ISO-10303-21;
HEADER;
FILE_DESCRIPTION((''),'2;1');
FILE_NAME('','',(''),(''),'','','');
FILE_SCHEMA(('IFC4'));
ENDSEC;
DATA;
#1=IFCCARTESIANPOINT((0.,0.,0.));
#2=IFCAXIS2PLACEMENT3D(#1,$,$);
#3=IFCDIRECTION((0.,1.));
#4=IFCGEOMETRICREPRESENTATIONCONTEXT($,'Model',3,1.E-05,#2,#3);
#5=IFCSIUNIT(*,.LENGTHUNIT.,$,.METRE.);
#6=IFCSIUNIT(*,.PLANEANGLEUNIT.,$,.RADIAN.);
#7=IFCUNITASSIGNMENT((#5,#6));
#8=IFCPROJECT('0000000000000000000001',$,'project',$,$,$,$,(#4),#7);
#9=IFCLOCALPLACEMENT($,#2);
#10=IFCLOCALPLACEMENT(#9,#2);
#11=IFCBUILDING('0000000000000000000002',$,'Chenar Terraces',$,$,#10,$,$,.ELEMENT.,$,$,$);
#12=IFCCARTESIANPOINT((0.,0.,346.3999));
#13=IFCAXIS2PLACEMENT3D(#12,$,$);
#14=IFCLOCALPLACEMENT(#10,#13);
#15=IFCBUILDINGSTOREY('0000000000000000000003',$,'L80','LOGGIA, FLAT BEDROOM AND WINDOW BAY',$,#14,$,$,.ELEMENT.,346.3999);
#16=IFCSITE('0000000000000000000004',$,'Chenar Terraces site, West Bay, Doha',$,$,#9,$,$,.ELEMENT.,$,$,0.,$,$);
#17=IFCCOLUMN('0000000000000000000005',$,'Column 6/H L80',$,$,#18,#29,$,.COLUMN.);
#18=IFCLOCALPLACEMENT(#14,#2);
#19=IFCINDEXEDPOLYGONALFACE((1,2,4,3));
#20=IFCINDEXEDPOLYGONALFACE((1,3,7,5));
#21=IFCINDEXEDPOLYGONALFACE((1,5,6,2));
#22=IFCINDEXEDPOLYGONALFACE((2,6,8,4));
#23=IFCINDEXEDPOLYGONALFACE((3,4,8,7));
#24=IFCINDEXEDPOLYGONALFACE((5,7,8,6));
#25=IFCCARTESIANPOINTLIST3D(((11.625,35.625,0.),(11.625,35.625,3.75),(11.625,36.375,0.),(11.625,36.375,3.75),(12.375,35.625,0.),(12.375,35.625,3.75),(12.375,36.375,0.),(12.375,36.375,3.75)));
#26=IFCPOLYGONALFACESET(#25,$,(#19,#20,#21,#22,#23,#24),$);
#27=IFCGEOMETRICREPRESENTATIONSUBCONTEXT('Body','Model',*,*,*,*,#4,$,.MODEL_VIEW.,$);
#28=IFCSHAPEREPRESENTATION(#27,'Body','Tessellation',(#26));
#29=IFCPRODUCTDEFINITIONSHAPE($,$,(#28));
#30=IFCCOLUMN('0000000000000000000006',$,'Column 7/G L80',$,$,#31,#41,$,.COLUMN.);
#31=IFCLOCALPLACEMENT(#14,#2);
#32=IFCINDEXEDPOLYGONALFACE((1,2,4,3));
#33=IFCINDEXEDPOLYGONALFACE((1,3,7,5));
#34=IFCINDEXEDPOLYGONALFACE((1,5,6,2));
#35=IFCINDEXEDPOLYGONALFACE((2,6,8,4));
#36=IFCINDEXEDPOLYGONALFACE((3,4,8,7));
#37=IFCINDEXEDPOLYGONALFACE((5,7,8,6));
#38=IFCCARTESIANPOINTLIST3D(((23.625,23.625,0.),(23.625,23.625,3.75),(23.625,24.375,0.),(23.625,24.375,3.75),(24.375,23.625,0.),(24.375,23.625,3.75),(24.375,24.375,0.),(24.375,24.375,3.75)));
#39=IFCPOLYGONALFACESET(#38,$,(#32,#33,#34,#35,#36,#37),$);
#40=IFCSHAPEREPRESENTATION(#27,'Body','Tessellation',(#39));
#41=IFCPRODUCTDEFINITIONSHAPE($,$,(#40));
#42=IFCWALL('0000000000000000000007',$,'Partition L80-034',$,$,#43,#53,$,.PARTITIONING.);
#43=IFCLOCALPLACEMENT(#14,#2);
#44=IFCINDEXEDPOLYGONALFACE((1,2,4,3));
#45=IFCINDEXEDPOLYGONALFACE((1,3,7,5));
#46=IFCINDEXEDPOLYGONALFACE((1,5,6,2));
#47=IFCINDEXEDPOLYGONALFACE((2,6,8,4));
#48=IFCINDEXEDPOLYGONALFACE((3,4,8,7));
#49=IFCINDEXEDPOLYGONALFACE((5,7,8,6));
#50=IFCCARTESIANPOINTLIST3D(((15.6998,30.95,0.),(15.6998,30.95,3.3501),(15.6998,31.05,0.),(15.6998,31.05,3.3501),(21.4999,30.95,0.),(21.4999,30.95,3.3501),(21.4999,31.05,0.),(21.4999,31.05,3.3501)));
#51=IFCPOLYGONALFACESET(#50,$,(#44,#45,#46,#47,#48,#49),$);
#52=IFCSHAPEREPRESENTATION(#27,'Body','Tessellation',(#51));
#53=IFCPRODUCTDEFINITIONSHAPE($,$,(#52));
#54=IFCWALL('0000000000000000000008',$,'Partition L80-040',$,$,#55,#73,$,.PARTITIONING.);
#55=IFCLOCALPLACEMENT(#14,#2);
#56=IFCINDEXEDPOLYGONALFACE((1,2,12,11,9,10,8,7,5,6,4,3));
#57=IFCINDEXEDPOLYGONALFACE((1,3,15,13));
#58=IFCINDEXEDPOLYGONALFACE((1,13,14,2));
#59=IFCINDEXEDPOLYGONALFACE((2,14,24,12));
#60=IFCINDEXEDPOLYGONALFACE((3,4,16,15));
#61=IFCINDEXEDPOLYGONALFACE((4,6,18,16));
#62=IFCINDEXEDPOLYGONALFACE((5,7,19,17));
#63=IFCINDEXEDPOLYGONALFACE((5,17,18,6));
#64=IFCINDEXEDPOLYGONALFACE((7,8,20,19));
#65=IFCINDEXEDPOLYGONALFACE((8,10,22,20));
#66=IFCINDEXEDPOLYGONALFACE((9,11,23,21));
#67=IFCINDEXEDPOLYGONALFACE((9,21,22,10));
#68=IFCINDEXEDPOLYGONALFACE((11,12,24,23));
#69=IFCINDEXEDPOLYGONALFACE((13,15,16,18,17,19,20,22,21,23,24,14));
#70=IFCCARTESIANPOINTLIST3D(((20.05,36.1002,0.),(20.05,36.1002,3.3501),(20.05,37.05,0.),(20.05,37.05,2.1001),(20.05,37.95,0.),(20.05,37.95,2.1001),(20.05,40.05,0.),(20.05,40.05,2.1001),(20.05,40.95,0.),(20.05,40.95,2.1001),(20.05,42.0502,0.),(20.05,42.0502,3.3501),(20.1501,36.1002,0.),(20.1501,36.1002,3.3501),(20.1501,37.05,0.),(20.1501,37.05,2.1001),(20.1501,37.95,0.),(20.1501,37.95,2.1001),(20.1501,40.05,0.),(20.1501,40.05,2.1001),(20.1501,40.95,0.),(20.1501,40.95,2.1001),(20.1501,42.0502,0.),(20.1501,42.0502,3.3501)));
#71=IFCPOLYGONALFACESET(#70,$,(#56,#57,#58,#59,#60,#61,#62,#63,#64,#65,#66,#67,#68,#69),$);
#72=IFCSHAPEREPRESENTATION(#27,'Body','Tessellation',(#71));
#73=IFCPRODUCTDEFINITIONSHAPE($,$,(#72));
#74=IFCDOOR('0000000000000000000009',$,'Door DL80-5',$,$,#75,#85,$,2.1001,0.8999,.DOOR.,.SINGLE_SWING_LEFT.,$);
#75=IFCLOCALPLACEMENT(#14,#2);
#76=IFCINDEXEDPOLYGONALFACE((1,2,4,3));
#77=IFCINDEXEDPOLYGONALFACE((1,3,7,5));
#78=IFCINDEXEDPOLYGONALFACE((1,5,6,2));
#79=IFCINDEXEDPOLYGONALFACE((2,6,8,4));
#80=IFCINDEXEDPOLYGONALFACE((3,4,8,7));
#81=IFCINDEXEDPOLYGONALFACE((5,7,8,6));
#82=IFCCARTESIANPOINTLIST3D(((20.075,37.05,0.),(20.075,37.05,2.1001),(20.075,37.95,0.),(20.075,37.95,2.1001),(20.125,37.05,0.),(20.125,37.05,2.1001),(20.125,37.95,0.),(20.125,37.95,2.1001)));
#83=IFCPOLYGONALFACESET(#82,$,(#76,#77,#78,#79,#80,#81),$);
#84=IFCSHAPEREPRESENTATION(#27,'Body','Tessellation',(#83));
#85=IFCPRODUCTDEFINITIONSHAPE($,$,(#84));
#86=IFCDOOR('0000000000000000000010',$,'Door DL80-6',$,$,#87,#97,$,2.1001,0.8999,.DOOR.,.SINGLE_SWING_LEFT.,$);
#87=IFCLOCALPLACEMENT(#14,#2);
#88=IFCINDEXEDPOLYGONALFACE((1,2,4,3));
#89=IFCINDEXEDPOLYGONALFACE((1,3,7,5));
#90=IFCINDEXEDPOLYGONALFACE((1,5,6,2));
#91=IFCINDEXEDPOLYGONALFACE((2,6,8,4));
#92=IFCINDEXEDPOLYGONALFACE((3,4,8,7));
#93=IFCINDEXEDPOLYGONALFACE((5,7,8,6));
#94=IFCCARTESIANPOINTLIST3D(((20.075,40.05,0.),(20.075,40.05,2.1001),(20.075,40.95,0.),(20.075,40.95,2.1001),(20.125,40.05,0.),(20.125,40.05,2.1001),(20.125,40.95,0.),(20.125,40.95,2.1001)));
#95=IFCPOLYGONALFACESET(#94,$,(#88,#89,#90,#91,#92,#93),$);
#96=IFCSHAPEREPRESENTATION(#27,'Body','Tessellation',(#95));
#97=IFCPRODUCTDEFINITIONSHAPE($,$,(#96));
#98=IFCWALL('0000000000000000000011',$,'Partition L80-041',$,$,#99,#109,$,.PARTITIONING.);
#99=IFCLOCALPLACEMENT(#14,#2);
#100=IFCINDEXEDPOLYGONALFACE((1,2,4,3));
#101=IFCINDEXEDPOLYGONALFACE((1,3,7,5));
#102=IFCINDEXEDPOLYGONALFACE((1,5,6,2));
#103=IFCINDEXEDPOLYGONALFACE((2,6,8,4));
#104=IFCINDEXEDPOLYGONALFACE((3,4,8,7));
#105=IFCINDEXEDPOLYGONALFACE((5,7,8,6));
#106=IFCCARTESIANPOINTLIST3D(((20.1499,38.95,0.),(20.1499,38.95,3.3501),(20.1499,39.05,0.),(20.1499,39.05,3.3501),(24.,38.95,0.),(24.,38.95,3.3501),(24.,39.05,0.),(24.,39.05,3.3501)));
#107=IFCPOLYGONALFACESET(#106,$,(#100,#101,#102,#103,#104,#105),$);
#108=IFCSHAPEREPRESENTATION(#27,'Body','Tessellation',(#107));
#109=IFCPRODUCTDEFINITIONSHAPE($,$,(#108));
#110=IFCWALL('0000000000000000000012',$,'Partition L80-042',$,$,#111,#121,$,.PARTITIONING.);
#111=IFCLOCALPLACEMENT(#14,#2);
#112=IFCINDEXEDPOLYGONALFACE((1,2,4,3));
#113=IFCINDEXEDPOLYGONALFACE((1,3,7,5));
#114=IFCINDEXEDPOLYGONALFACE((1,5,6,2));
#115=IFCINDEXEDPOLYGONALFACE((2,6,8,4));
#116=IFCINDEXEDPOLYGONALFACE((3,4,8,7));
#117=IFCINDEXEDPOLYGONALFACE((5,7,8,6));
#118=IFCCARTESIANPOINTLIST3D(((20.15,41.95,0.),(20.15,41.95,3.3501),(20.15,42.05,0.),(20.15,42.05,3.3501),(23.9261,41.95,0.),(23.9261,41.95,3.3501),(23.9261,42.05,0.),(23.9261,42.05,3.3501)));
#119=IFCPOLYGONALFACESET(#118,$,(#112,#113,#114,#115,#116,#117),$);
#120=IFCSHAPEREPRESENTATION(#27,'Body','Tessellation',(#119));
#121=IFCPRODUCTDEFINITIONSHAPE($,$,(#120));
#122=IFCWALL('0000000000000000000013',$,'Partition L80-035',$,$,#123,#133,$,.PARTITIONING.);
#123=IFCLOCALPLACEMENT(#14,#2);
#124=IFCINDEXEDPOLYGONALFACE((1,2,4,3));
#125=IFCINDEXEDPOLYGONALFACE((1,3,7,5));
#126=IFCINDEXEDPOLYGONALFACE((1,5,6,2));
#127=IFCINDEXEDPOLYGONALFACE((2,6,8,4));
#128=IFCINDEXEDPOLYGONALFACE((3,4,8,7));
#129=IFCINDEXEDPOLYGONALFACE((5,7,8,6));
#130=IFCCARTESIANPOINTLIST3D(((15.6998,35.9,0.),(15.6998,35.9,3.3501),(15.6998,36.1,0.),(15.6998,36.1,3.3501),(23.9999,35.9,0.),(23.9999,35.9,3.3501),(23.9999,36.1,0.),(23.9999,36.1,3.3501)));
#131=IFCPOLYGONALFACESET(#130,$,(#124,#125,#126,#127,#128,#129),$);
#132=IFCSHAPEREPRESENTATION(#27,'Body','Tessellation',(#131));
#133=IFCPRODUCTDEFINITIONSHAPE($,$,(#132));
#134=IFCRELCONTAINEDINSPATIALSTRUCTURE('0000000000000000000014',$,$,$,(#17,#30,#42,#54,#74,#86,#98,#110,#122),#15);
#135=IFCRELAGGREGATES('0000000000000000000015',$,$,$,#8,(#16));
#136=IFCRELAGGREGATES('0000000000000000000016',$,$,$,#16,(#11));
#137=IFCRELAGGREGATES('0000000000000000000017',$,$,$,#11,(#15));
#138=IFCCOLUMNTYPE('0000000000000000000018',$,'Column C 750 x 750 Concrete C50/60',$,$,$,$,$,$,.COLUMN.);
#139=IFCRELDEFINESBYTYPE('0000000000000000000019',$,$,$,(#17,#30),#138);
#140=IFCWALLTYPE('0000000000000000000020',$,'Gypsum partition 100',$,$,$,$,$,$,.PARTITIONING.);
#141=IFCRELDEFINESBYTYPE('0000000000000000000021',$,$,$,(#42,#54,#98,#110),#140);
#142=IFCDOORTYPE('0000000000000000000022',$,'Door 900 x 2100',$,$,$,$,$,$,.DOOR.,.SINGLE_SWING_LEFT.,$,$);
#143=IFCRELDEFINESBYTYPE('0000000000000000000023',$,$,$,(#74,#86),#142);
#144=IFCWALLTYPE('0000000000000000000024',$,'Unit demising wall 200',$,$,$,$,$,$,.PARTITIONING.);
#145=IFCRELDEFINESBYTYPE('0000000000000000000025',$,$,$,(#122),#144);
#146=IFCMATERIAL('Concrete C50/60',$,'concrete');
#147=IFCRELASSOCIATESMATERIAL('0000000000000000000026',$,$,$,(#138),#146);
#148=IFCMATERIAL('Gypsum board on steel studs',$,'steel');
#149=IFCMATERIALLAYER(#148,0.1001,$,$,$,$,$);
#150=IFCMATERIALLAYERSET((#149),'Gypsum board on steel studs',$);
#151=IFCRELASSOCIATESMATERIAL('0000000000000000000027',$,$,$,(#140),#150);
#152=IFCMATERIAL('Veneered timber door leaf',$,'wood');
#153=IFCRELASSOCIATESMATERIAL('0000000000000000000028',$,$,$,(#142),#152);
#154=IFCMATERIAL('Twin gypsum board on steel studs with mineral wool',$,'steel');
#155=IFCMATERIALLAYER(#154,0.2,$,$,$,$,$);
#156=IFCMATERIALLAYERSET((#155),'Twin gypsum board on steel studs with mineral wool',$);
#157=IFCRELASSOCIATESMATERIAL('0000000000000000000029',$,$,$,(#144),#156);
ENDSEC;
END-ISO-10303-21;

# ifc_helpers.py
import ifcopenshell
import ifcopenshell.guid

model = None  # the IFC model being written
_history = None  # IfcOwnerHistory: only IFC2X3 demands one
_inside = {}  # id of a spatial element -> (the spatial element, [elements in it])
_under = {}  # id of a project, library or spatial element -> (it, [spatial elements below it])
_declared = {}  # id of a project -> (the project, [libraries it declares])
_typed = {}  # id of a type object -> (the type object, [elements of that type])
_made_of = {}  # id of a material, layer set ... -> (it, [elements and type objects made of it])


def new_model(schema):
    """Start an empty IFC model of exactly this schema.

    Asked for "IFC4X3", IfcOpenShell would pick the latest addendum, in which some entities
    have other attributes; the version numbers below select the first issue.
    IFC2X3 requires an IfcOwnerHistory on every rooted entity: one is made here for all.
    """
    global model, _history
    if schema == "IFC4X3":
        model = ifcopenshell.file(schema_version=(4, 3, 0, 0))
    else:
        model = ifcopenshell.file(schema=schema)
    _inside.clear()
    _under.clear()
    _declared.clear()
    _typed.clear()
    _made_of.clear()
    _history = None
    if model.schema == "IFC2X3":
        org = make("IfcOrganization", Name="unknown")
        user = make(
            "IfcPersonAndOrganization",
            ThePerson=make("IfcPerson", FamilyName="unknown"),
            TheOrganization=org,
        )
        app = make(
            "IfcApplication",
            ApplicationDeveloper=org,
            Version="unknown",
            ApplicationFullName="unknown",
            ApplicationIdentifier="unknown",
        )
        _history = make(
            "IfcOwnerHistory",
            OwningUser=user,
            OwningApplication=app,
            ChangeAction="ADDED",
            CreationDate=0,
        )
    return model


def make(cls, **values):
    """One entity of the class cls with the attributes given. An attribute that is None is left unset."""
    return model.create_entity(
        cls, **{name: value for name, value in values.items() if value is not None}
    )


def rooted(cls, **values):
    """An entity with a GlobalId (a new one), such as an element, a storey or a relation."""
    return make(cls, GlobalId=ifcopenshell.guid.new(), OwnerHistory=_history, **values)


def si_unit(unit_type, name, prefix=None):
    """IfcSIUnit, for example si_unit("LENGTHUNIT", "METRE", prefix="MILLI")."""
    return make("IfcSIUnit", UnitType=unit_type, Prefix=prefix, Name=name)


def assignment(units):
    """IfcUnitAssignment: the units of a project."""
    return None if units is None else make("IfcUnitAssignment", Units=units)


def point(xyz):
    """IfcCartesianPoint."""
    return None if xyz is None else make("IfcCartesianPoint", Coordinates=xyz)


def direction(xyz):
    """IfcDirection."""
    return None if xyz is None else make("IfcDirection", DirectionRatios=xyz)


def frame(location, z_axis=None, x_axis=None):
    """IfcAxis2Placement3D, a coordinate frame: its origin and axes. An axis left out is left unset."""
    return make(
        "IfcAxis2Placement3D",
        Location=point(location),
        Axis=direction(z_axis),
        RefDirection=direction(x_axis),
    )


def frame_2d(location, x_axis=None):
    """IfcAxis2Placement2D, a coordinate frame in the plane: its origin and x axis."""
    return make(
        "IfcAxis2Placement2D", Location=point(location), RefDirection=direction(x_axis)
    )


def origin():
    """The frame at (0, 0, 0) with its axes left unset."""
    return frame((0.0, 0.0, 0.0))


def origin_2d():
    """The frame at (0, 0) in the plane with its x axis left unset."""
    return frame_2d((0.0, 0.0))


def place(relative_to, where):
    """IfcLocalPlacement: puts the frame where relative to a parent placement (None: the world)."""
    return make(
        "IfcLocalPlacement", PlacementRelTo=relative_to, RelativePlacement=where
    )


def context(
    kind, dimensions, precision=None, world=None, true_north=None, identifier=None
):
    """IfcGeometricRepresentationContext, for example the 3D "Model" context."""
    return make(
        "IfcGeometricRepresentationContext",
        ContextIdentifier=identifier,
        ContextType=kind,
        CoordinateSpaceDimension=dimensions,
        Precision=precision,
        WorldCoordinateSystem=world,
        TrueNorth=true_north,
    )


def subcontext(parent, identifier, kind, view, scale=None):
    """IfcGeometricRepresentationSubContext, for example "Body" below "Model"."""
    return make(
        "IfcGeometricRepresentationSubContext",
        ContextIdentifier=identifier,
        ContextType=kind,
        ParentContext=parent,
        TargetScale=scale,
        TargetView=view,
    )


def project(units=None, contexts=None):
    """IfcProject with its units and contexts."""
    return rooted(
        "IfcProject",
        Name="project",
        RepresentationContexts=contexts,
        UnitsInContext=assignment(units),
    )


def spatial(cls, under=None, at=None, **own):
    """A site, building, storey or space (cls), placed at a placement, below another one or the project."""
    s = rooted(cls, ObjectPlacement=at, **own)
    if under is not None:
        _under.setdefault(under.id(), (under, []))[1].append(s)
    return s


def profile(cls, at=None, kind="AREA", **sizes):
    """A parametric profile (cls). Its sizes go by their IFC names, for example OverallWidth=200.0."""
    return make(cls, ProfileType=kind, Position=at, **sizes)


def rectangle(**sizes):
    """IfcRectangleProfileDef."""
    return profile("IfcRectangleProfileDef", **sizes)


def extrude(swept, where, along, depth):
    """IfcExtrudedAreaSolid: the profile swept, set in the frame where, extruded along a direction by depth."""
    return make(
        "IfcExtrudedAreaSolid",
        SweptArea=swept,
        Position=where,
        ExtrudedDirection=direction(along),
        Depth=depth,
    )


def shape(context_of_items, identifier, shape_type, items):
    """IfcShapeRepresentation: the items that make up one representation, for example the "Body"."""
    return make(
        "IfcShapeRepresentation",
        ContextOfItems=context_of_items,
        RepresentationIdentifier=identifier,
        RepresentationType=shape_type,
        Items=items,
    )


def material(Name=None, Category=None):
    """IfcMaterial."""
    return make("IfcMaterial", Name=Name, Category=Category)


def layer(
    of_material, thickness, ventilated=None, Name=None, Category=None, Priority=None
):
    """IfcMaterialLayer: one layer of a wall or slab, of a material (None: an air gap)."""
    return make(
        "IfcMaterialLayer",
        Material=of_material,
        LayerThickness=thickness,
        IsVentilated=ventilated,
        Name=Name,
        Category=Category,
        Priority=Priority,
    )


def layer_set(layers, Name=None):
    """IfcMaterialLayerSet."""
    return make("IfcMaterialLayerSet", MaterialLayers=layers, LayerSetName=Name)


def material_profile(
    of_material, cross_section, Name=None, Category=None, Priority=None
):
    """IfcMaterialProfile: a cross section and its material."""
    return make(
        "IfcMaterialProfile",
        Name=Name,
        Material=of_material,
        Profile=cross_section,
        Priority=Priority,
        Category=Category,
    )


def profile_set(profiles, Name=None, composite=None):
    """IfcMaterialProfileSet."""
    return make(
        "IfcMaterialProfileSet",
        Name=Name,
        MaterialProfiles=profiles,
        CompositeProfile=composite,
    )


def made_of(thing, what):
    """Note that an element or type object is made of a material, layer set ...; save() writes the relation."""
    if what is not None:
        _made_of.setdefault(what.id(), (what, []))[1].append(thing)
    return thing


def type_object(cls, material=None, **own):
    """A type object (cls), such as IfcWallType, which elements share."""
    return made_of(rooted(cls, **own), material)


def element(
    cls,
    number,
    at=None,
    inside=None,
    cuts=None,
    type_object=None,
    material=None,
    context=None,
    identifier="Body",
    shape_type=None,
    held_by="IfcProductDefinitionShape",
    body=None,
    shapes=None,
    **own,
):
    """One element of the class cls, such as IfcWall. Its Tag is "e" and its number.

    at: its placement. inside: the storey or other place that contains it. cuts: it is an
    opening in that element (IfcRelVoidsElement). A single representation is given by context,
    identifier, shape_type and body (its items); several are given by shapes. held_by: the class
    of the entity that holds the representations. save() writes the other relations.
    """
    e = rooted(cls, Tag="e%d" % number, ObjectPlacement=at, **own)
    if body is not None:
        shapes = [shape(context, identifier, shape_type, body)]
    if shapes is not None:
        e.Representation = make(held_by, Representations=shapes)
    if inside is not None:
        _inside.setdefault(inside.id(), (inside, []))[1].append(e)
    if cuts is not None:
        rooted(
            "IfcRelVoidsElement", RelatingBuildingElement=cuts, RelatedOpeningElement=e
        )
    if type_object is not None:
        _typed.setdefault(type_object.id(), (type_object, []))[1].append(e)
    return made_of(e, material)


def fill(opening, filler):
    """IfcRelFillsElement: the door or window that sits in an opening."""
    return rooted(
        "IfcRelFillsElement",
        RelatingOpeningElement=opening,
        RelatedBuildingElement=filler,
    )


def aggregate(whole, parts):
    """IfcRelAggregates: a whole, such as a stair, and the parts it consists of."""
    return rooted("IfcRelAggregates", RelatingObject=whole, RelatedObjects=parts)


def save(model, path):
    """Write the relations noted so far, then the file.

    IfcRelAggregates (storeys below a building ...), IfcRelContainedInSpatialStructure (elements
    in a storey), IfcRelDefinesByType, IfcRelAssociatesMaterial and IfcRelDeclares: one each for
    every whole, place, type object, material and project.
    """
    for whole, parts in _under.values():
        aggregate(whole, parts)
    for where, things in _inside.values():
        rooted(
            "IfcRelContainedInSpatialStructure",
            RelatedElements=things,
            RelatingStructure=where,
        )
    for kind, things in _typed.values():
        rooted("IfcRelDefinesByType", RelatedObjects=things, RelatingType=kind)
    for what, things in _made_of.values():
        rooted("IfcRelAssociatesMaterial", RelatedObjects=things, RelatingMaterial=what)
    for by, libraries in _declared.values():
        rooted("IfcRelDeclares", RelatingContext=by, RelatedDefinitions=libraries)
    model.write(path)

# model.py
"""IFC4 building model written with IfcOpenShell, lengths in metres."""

from ifc_helpers import new_model, si_unit, direction, frame, frame_2d, origin, origin_2d, place, context, subcontext, project, spatial, rectangle, extrude, material, layer, layer_set, material_profile, profile_set, type_object, element, fill, save


model = new_model("IFC4")

# Units and contexts
model_context = context("Model", 3, precision=1e-05, world=origin(), true_north=direction((0.0, 1.0)))
body_context = subcontext(model_context, "Body", "Model", "MODEL_VIEW")
ifc_project = project(units=[si_unit("LENGTHUNIT", "METRE"), si_unit("PLANEANGLEUNIT", "RADIAN")], contexts=[model_context])

# Site, building, storey
site_placement = place(None, origin())
site = spatial("IfcSite", under=ifc_project, at=site_placement, Name="Chenar Terraces site, West Bay, Doha", CompositionType="ELEMENT", RefElevation=0.0)
building_placement = place(site_placement, origin())
building = spatial("IfcBuilding", under=site, at=building_placement, Name="Chenar Terraces", CompositionType="ELEMENT")
storey_placement = place(building_placement, frame((0.0, 0.0, 346.3999)))
storey = spatial("IfcBuildingStorey", under=building, at=storey_placement, Name="L80", Description="LOGGIA, FLAT BEDROOM AND WINDOW BAY", CompositionType="ELEMENT", Elevation=346.3999)

# Columns
ifc_material_1 = material(Name="Concrete C50/60", Category="concrete")
ifc_material_profile = material_profile(ifc_material_1, rectangle(XDim=0.75, YDim=0.75, at=origin_2d()), Name="C 750 x 750")
ifc_profile_set = profile_set([ifc_material_profile], Name="Concrete C50/60")
column_type = type_object("IfcColumnType", Name="Column C 750 x 750 Concrete C50/60", PredefinedType="COLUMN", material=ifc_profile_set)
for number, where, z_axis, x_axis, name in (
    (1, (12.0, 36.0, 0.0), (0.0, 0.0, 1.0), (1.0, 0.0, 0.0), "Column 6/H L80"),
    (2, (24.0, 24.0, 0.0), (0.0, 0.0, 1.0), (1.0, 0.0, 0.0), "Column 7/G L80"),
):
    element("IfcColumn", number, at=place(storey_placement, frame(where, z_axis=z_axis, x_axis=x_axis)), inside=storey, type_object=column_type, Name=name, PredefinedType="COLUMN", context=body_context, shape_type="SweptSolid", body=[
        extrude(rectangle(XDim=0.75, YDim=0.75, at=origin_2d()), origin(), (0.0, 0.0, 1.0), 3.75),
    ])

# Wall
ifc_material_2 = material(Name="Gypsum board on steel studs", Category="steel")
ifc_layer_1 = layer(ifc_material_2, 0.1001)
ifc_layer_set_1 = layer_set([ifc_layer_1], Name="Gypsum board on steel studs")
wall_type_1 = type_object("IfcWallType", Name="Gypsum partition 100", PredefinedType="PARTITIONING", material=ifc_layer_set_1)
wall_1_placement = place(storey_placement, frame((15.7, 31.0, 0.0), z_axis=(0.0, 0.0, 1.0), x_axis=(1.0, 0.0, 0.0)))
element("IfcWall", 3, at=wall_1_placement, inside=storey, type_object=wall_type_1, Name="Partition L80-034", PredefinedType="PARTITIONING", context=body_context, shape_type="SweptSolid", body=[
    extrude(rectangle(XDim=5.8, YDim=0.1001, at=frame_2d((2.8999, 0.0))), origin(), (0.0, 0.0, 1.0), 3.3501),
])

# Wall, openings, doors
wall_2_placement = place(storey_placement, frame((20.1001, 36.1001, 0.0), z_axis=(0.0, 0.0, 1.0), x_axis=(0.0, 1.0, 0.0)))
wall_2 = element("IfcWall", 4, at=wall_2_placement, inside=storey, type_object=wall_type_1, Name="Partition L80-040", PredefinedType="PARTITIONING", context=body_context, shape_type="SweptSolid", body=[
    extrude(rectangle(XDim=5.95, YDim=0.1001, at=frame_2d((2.9751, 0.0))), origin(), (0.0, 0.0, 1.0), 3.3501),
])
opening_1_placement = place(wall_2_placement, frame((0.95, 0.0, 0.0)))
opening_1 = element("IfcOpeningElement", 5, at=opening_1_placement, cuts=wall_2, PredefinedType="OPENING", context=body_context, shape_type="SweptSolid", body=[
    extrude(rectangle(XDim=0.8999, YDim=2.1001, at=frame_2d((0.45, 1.05))), frame((0.0, 0.0601, 0.0), z_axis=(0.0, -1.0, 0.0), x_axis=(1.0, 0.0, 0.0)), (0.0, 0.0, 1.0), 0.1201),
])
opening_2_placement = place(wall_2_placement, frame((3.95, 0.0, 0.0)))
opening_2 = element("IfcOpeningElement", 6, at=opening_2_placement, cuts=wall_2, PredefinedType="OPENING", context=body_context, shape_type="SweptSolid", body=[
    extrude(rectangle(XDim=0.8999, YDim=2.1001, at=frame_2d((0.45, 1.05))), frame((0.0, 0.0601, 0.0), z_axis=(0.0, -1.0, 0.0), x_axis=(1.0, 0.0, 0.0)), (0.0, 0.0, 1.0), 0.1201),
])
ifc_material_3 = material(Name="Veneered timber door leaf", Category="wood")
door_type_1 = type_object("IfcDoorType", Name="Door 900 x 2100", OperationType="SINGLE_SWING_LEFT", PredefinedType="DOOR", material=ifc_material_3)
door_1_placement = place(opening_1_placement, frame((0.8999, 0.0, 0.0), z_axis=(0.0, 0.0, 1.0), x_axis=(-1.0, 0.0, 0.0)))
door_1 = element("IfcDoor", 7, at=door_1_placement, inside=storey, type_object=door_type_1, Name="Door DL80-5", OperationType="SINGLE_SWING_LEFT", OverallHeight=2.1001, OverallWidth=0.8999, PredefinedType="DOOR", context=body_context, shape_type="SweptSolid", body=[
    extrude(rectangle(XDim=0.8999, YDim=2.1001, at=frame_2d((0.45, 1.05))), frame((0.0, 0.0249, 0.0), z_axis=(0.0, -1.0, 0.0), x_axis=(1.0, 0.0, 0.0)), (0.0, 0.0, 1.0), 0.05),
])
fill(opening_1, door_1)
door_2_placement = place(opening_2_placement, frame((0.8999, 0.0, 0.0), z_axis=(0.0, 0.0, 1.0), x_axis=(-1.0, 0.0, 0.0)))
door_2 = element("IfcDoor", 8, at=door_2_placement, inside=storey, type_object=door_type_1, Name="Door DL80-6", OperationType="SINGLE_SWING_LEFT", OverallHeight=2.1001, OverallWidth=0.8999, PredefinedType="DOOR", context=body_context, shape_type="SweptSolid", body=[
    extrude(rectangle(XDim=0.8999, YDim=2.1001, at=frame_2d((0.45, 1.05))), frame((0.0, 0.0249, 0.0), z_axis=(0.0, -1.0, 0.0), x_axis=(1.0, 0.0, 0.0)), (0.0, 0.0, 1.0), 0.05),
])
fill(opening_2, door_2)

# Walls
wall_3_placement = place(storey_placement, frame((20.1499, 39.0, 0.0), z_axis=(0.0, 0.0, 1.0), x_axis=(1.0, 0.0, 0.0)))
element("IfcWall", 9, at=wall_3_placement, inside=storey, type_object=wall_type_1, Name="Partition L80-041", PredefinedType="PARTITIONING", context=body_context, shape_type="SweptSolid", body=[
    extrude(rectangle(XDim=3.8501, YDim=0.1001, at=frame_2d((1.925, 0.0))), origin(), (0.0, 0.0, 1.0), 3.3501),
])
wall_4_placement = place(storey_placement, frame((20.1499, 42.0, 0.0), z_axis=(0.0, 0.0, 1.0), x_axis=(1.0, 0.0, 0.0)))
element("IfcWall", 10, at=wall_4_placement, inside=storey, type_object=wall_type_1, Name="Partition L80-042", PredefinedType="PARTITIONING", context=body_context, shape_type="SweptSolid", body=[
    extrude(rectangle(XDim=3.7761, YDim=0.1001, at=frame_2d((1.8882, 0.0))), origin(), (0.0, 0.0, 1.0), 3.3501),
])
ifc_material_4 = material(Name="Twin gypsum board on steel studs with mineral wool", Category="steel")
ifc_layer_2 = layer(ifc_material_4, 0.2)
ifc_layer_set_2 = layer_set([ifc_layer_2], Name="Twin gypsum board on steel studs with mineral wool")
wall_type_2 = type_object("IfcWallType", Name="Unit demising wall 200", PredefinedType="PARTITIONING", material=ifc_layer_set_2)
wall_5_placement = place(storey_placement, frame((15.7, 36.0, 0.0), z_axis=(0.0, 0.0, 1.0), x_axis=(1.0, 0.0, 0.0)))
element("IfcWall", 11, at=wall_5_placement, inside=storey, type_object=wall_type_2, Name="Partition L80-035", PredefinedType="PARTITIONING", context=body_context, shape_type="SweptSolid", body=[
    extrude(rectangle(XDim=8.3, YDim=0.2, at=frame_2d((4.1499, 0.0))), origin(), (0.0, 0.0, 1.0), 3.3501),
])

save(model, "model.ifc")
